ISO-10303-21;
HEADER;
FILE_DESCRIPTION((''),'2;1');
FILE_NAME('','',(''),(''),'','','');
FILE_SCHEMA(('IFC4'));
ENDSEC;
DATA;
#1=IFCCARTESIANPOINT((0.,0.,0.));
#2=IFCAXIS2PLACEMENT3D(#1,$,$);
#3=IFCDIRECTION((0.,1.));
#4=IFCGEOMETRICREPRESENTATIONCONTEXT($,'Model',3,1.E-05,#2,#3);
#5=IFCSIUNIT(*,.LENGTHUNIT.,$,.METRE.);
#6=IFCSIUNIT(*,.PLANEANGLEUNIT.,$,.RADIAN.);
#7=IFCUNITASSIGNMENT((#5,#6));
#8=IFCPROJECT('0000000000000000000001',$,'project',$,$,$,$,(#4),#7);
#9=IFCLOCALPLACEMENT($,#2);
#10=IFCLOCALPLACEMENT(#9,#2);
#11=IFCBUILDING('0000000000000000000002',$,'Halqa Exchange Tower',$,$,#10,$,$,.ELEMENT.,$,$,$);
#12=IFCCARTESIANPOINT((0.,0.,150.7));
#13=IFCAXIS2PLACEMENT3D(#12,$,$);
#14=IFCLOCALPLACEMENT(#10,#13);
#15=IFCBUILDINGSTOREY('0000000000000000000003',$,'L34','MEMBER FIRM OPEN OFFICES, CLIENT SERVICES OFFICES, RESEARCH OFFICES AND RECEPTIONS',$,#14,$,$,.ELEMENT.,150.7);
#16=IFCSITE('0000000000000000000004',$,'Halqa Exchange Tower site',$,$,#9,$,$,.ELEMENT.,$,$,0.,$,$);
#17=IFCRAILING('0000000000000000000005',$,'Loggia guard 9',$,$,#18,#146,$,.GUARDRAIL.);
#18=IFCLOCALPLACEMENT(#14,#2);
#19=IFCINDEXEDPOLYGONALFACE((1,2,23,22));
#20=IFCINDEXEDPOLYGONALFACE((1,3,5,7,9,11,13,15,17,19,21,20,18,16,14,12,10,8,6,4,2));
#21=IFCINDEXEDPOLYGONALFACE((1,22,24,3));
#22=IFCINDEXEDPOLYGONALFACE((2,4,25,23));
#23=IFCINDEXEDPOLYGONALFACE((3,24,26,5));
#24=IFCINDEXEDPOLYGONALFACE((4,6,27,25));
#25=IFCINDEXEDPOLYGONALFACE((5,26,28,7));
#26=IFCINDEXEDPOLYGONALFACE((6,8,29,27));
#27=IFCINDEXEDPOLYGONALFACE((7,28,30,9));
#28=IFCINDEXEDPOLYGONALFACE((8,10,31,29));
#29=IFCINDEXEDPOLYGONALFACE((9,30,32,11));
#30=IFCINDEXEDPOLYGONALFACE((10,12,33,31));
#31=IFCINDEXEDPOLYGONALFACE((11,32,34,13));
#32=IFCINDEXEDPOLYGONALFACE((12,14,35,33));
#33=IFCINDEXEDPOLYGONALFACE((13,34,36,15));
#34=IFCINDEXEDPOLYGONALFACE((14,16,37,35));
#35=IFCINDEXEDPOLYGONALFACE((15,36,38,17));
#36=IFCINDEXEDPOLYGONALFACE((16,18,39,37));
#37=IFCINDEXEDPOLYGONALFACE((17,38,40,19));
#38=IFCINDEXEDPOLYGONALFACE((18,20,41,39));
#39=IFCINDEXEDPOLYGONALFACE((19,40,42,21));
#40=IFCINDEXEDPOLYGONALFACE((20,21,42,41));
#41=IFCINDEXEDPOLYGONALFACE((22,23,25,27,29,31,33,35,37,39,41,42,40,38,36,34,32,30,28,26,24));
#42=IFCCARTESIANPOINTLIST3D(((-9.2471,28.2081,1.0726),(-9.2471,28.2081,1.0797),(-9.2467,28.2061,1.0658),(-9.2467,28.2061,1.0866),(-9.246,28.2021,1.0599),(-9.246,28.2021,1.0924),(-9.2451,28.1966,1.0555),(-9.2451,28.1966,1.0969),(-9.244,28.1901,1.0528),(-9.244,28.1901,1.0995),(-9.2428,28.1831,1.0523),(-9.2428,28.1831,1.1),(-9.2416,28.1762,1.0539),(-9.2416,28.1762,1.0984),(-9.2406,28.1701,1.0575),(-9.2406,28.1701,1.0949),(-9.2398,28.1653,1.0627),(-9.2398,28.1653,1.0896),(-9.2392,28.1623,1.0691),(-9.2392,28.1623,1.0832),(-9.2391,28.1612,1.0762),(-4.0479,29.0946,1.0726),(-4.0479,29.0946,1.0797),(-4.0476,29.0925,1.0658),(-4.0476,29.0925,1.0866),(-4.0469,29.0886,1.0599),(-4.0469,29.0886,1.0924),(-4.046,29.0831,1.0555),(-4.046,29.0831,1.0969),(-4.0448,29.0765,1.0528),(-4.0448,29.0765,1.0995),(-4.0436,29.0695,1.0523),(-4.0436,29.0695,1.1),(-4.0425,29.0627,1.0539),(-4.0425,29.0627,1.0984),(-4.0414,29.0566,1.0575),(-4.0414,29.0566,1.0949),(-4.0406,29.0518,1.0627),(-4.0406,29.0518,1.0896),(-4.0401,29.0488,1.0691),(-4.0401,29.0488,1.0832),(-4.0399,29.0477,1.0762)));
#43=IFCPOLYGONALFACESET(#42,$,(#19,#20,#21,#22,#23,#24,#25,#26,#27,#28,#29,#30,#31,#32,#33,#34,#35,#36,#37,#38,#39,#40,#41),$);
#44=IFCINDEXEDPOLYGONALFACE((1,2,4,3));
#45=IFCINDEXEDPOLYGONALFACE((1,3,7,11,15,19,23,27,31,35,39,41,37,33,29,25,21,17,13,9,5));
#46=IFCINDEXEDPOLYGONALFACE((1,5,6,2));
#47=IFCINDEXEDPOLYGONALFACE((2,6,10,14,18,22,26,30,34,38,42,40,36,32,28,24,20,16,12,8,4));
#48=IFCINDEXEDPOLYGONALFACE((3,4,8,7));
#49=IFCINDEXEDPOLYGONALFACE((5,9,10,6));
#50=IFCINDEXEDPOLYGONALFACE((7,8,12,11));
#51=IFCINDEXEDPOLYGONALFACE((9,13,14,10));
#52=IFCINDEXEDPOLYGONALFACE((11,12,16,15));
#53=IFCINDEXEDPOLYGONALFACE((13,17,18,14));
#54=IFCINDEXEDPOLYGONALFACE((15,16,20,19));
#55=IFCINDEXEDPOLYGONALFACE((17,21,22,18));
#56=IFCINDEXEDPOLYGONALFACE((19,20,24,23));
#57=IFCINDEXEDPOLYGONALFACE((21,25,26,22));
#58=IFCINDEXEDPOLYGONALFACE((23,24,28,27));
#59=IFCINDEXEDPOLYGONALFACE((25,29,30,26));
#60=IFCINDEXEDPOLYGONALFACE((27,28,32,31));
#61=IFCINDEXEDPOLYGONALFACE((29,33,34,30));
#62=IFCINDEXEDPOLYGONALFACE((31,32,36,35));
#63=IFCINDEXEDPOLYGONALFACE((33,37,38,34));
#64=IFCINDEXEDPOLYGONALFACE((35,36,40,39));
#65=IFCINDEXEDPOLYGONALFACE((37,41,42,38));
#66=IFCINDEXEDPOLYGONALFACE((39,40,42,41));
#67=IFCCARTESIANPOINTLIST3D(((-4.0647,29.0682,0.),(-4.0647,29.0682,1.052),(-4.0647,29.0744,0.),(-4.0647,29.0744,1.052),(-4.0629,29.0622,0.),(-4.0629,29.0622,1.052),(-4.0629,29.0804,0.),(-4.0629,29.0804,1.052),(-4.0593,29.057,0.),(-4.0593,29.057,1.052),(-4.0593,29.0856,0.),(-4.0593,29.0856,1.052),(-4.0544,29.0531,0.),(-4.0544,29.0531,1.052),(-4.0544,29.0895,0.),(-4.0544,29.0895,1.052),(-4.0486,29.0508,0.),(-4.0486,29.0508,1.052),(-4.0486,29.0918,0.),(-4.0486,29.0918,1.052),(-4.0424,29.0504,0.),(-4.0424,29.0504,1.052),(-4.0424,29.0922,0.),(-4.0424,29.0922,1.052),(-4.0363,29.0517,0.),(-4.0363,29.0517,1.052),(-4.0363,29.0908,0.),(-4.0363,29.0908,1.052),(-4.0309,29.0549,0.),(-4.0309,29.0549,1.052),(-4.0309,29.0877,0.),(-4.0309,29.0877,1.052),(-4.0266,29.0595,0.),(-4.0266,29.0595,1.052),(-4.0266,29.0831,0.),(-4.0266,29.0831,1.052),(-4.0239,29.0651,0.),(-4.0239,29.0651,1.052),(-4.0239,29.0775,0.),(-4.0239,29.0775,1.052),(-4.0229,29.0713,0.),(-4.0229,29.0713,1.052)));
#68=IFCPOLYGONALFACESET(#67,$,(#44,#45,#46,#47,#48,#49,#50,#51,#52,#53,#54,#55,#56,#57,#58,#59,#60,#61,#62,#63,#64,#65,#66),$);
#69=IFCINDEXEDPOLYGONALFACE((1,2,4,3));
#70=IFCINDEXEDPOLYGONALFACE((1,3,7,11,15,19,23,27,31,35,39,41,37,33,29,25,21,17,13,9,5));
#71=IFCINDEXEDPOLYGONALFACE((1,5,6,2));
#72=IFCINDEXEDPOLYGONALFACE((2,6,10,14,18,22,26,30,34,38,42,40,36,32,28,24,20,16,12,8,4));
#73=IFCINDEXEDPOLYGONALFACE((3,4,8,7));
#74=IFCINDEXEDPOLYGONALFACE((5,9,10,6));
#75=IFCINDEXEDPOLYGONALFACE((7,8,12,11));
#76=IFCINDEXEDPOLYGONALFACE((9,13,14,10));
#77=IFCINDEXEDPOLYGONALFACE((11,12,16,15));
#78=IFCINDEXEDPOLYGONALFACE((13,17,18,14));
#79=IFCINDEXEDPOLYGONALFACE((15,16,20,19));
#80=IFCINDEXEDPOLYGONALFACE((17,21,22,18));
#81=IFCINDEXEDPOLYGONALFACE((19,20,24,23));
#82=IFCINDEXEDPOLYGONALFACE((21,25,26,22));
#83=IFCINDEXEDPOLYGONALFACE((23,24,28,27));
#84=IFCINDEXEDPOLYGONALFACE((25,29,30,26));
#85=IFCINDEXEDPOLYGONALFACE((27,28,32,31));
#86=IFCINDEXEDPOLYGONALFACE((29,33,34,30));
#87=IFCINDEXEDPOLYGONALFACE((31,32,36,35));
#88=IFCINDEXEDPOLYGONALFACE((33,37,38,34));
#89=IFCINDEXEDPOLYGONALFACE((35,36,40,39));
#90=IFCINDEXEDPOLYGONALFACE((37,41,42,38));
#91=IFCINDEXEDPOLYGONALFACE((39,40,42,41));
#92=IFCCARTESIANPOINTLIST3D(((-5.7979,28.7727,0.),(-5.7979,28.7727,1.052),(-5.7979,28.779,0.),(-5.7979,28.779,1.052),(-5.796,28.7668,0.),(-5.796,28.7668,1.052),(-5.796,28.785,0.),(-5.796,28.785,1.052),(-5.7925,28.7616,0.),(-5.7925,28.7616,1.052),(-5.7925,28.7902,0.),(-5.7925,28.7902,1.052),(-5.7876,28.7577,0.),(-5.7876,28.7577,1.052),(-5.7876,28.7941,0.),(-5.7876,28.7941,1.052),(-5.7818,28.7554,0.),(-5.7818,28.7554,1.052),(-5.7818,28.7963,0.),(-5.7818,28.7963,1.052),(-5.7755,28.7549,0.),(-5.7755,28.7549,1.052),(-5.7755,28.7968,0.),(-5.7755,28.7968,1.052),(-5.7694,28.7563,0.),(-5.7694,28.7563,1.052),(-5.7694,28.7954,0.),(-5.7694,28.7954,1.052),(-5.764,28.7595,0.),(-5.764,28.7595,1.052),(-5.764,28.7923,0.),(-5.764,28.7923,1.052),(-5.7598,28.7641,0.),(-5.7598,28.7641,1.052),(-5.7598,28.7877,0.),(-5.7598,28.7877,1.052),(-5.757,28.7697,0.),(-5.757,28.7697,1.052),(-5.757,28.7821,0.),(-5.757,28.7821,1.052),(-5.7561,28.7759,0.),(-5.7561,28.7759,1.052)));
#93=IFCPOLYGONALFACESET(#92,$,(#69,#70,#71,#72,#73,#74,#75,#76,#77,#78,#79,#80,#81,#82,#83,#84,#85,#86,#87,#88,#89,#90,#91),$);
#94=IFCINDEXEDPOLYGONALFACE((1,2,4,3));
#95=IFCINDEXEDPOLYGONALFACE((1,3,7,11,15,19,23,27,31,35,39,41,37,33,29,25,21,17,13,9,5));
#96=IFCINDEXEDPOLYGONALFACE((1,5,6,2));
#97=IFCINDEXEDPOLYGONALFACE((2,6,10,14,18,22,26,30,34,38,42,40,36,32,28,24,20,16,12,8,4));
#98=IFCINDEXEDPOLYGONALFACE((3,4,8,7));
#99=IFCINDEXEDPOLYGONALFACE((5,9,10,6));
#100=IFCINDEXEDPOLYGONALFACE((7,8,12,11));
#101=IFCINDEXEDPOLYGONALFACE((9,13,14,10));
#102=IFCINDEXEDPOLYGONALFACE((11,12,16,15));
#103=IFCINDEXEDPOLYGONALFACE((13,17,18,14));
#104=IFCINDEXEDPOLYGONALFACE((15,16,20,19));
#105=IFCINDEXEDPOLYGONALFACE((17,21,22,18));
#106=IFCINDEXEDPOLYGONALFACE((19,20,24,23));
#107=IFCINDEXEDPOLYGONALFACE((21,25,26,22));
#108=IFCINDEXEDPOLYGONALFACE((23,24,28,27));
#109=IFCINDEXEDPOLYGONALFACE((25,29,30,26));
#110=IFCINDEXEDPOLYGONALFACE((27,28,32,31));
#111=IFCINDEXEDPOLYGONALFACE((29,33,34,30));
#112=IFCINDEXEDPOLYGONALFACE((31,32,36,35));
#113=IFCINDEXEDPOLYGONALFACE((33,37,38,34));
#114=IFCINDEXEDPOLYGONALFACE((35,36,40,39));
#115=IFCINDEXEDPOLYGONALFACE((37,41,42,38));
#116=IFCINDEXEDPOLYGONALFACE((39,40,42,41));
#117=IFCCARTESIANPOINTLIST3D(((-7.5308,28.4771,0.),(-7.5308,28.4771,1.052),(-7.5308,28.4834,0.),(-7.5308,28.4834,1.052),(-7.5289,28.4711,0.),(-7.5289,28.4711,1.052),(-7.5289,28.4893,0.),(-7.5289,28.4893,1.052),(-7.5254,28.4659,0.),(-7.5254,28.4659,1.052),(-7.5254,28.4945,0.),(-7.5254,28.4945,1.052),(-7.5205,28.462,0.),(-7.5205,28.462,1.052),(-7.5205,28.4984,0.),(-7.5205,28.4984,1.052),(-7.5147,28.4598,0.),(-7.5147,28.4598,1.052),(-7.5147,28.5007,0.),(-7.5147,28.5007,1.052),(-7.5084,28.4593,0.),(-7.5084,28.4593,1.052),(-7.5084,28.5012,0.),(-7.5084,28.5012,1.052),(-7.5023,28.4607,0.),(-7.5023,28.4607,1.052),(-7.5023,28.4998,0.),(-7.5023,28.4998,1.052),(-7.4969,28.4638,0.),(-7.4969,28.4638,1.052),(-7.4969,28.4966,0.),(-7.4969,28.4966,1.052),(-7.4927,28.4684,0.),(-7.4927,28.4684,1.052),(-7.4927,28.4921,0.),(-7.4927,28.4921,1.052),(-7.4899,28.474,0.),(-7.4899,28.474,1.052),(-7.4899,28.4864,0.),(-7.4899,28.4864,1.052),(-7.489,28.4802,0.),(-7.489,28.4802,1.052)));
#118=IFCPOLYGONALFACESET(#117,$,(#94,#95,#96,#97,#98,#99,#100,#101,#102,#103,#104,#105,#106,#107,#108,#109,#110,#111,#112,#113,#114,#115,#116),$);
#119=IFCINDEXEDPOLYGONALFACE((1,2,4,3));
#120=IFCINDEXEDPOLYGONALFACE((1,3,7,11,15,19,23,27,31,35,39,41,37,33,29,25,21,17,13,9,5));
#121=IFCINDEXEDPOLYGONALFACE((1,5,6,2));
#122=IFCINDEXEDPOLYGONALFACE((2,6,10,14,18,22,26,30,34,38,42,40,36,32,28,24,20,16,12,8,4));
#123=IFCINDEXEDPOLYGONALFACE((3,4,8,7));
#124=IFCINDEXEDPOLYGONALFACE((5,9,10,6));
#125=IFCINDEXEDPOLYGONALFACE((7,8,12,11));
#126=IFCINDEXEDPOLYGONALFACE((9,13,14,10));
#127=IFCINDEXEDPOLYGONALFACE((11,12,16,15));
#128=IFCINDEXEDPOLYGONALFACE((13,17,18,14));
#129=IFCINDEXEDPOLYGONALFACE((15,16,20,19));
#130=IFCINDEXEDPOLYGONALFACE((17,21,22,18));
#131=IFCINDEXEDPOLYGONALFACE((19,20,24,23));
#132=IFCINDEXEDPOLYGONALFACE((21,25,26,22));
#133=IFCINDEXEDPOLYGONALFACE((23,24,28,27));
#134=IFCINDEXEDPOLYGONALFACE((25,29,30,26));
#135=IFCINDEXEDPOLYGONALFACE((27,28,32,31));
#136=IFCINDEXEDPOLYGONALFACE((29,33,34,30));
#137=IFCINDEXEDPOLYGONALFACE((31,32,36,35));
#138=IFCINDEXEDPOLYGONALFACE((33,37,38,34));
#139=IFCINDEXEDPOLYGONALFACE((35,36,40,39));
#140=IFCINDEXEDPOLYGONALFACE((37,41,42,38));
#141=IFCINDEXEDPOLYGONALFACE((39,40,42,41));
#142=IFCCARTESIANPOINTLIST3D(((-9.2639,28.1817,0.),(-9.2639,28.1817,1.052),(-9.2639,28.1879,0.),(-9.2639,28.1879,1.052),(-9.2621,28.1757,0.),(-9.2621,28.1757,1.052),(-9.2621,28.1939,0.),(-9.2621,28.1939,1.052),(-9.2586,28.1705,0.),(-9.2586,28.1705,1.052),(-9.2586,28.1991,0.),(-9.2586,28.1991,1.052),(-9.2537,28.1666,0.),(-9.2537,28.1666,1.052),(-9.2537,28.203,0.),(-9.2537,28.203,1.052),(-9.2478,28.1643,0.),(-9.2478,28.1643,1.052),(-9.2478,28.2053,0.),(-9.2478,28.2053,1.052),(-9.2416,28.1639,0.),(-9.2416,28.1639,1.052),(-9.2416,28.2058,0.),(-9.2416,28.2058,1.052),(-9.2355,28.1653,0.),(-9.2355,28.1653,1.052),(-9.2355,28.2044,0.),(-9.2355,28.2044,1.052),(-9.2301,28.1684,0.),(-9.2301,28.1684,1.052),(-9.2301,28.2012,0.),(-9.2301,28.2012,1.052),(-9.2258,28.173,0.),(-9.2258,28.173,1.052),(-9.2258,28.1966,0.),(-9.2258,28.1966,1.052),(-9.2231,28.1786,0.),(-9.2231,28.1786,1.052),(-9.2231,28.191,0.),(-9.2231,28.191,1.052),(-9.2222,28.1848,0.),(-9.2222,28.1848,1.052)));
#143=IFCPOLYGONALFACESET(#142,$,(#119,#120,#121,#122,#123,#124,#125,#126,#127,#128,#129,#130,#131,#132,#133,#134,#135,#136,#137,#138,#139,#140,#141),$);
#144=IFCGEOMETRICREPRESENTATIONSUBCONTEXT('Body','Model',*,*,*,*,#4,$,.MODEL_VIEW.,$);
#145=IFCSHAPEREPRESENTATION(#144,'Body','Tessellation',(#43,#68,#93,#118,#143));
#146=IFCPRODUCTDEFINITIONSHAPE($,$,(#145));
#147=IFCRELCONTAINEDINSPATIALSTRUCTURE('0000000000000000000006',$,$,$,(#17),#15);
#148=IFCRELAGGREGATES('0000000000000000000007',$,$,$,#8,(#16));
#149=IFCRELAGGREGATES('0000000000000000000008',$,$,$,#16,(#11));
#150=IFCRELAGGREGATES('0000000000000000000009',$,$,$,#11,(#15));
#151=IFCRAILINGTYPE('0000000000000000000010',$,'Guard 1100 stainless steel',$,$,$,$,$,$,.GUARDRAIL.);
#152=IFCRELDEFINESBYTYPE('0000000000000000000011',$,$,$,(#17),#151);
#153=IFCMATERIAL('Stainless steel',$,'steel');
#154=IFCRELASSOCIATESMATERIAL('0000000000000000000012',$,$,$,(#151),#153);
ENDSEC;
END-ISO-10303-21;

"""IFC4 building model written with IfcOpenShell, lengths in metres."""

from ifc_helpers import new_model, si_unit, direction, frame, origin, origin_2d, place, context, subcontext, project, spatial, circle, extrude, material, type_object, element, save


model = new_model("IFC4")

# Units and contexts
model_context = context("Model", 3, precision=1e-05, world=origin(), true_north=direction((0.0, 1.0)))
body_context = subcontext(model_context, "Body", "Model", "MODEL_VIEW")
ifc_project = project(units=[si_unit("LENGTHUNIT", "METRE"), si_unit("PLANEANGLEUNIT", "RADIAN")], contexts=[model_context])

# Site, building, storey
site_placement = place(None, origin())
site = spatial("IfcSite", under=ifc_project, at=site_placement, Name="Halqa Exchange Tower site", CompositionType="ELEMENT", RefElevation=0.0)
building_placement = place(site_placement, origin())
building = spatial("IfcBuilding", under=site, at=building_placement, Name="Halqa Exchange Tower", CompositionType="ELEMENT")
storey_placement = place(building_placement, frame((0.0, 0.0, 150.7)))
storey = spatial("IfcBuildingStorey", under=building, at=storey_placement, Name="L34", Description="MEMBER FIRM OPEN OFFICES, CLIENT SERVICES OFFICES, RESEARCH OFFICES AND RECEPTIONS", CompositionType="ELEMENT", Elevation=150.7)

# Railing
ifc_material_1 = material(Name="Stainless steel", Category="steel")
railing_type_1 = type_object("IfcRailingType", Name="Guard 1100 stainless steel", PredefinedType="GUARDRAIL", material=ifc_material_1)
railing_1_placement = place(storey_placement, frame((-4.0439, 29.0713, 0.0)))
element("IfcRailing", 1, at=railing_1_placement, inside=storey, type_object=railing_type_1, Name="Loggia guard 9", PredefinedType="GUARDRAIL", context=body_context, shape_type="SweptSolid", body=[
    extrude(circle(Radius=0.0239, at=origin_2d()), frame((0.0, 0.0, 1.0762), z_axis=(-0.985774, -0.168076, 0.0), x_axis=(0.168076, -0.985774, 0.0)), (0.0, 0.0, 1.0), 5.2742),
    extrude(circle(Radius=0.021, at=origin_2d()), origin(), (0.0, 0.0, 1.0), 1.052),
    extrude(circle(Radius=0.021, at=origin_2d()), frame((-1.7332, -0.2954, 0.0)), (0.0, 0.0, 1.0), 1.052),
    extrude(circle(Radius=0.021, at=origin_2d()), frame((-3.4661, -0.5911, 0.0)), (0.0, 0.0, 1.0), 1.052),
    extrude(circle(Radius=0.021, at=origin_2d()), frame((-5.1992, -0.8865, 0.0)), (0.0, 0.0, 1.0), 1.052),
])

save(model, "model.ifc")
